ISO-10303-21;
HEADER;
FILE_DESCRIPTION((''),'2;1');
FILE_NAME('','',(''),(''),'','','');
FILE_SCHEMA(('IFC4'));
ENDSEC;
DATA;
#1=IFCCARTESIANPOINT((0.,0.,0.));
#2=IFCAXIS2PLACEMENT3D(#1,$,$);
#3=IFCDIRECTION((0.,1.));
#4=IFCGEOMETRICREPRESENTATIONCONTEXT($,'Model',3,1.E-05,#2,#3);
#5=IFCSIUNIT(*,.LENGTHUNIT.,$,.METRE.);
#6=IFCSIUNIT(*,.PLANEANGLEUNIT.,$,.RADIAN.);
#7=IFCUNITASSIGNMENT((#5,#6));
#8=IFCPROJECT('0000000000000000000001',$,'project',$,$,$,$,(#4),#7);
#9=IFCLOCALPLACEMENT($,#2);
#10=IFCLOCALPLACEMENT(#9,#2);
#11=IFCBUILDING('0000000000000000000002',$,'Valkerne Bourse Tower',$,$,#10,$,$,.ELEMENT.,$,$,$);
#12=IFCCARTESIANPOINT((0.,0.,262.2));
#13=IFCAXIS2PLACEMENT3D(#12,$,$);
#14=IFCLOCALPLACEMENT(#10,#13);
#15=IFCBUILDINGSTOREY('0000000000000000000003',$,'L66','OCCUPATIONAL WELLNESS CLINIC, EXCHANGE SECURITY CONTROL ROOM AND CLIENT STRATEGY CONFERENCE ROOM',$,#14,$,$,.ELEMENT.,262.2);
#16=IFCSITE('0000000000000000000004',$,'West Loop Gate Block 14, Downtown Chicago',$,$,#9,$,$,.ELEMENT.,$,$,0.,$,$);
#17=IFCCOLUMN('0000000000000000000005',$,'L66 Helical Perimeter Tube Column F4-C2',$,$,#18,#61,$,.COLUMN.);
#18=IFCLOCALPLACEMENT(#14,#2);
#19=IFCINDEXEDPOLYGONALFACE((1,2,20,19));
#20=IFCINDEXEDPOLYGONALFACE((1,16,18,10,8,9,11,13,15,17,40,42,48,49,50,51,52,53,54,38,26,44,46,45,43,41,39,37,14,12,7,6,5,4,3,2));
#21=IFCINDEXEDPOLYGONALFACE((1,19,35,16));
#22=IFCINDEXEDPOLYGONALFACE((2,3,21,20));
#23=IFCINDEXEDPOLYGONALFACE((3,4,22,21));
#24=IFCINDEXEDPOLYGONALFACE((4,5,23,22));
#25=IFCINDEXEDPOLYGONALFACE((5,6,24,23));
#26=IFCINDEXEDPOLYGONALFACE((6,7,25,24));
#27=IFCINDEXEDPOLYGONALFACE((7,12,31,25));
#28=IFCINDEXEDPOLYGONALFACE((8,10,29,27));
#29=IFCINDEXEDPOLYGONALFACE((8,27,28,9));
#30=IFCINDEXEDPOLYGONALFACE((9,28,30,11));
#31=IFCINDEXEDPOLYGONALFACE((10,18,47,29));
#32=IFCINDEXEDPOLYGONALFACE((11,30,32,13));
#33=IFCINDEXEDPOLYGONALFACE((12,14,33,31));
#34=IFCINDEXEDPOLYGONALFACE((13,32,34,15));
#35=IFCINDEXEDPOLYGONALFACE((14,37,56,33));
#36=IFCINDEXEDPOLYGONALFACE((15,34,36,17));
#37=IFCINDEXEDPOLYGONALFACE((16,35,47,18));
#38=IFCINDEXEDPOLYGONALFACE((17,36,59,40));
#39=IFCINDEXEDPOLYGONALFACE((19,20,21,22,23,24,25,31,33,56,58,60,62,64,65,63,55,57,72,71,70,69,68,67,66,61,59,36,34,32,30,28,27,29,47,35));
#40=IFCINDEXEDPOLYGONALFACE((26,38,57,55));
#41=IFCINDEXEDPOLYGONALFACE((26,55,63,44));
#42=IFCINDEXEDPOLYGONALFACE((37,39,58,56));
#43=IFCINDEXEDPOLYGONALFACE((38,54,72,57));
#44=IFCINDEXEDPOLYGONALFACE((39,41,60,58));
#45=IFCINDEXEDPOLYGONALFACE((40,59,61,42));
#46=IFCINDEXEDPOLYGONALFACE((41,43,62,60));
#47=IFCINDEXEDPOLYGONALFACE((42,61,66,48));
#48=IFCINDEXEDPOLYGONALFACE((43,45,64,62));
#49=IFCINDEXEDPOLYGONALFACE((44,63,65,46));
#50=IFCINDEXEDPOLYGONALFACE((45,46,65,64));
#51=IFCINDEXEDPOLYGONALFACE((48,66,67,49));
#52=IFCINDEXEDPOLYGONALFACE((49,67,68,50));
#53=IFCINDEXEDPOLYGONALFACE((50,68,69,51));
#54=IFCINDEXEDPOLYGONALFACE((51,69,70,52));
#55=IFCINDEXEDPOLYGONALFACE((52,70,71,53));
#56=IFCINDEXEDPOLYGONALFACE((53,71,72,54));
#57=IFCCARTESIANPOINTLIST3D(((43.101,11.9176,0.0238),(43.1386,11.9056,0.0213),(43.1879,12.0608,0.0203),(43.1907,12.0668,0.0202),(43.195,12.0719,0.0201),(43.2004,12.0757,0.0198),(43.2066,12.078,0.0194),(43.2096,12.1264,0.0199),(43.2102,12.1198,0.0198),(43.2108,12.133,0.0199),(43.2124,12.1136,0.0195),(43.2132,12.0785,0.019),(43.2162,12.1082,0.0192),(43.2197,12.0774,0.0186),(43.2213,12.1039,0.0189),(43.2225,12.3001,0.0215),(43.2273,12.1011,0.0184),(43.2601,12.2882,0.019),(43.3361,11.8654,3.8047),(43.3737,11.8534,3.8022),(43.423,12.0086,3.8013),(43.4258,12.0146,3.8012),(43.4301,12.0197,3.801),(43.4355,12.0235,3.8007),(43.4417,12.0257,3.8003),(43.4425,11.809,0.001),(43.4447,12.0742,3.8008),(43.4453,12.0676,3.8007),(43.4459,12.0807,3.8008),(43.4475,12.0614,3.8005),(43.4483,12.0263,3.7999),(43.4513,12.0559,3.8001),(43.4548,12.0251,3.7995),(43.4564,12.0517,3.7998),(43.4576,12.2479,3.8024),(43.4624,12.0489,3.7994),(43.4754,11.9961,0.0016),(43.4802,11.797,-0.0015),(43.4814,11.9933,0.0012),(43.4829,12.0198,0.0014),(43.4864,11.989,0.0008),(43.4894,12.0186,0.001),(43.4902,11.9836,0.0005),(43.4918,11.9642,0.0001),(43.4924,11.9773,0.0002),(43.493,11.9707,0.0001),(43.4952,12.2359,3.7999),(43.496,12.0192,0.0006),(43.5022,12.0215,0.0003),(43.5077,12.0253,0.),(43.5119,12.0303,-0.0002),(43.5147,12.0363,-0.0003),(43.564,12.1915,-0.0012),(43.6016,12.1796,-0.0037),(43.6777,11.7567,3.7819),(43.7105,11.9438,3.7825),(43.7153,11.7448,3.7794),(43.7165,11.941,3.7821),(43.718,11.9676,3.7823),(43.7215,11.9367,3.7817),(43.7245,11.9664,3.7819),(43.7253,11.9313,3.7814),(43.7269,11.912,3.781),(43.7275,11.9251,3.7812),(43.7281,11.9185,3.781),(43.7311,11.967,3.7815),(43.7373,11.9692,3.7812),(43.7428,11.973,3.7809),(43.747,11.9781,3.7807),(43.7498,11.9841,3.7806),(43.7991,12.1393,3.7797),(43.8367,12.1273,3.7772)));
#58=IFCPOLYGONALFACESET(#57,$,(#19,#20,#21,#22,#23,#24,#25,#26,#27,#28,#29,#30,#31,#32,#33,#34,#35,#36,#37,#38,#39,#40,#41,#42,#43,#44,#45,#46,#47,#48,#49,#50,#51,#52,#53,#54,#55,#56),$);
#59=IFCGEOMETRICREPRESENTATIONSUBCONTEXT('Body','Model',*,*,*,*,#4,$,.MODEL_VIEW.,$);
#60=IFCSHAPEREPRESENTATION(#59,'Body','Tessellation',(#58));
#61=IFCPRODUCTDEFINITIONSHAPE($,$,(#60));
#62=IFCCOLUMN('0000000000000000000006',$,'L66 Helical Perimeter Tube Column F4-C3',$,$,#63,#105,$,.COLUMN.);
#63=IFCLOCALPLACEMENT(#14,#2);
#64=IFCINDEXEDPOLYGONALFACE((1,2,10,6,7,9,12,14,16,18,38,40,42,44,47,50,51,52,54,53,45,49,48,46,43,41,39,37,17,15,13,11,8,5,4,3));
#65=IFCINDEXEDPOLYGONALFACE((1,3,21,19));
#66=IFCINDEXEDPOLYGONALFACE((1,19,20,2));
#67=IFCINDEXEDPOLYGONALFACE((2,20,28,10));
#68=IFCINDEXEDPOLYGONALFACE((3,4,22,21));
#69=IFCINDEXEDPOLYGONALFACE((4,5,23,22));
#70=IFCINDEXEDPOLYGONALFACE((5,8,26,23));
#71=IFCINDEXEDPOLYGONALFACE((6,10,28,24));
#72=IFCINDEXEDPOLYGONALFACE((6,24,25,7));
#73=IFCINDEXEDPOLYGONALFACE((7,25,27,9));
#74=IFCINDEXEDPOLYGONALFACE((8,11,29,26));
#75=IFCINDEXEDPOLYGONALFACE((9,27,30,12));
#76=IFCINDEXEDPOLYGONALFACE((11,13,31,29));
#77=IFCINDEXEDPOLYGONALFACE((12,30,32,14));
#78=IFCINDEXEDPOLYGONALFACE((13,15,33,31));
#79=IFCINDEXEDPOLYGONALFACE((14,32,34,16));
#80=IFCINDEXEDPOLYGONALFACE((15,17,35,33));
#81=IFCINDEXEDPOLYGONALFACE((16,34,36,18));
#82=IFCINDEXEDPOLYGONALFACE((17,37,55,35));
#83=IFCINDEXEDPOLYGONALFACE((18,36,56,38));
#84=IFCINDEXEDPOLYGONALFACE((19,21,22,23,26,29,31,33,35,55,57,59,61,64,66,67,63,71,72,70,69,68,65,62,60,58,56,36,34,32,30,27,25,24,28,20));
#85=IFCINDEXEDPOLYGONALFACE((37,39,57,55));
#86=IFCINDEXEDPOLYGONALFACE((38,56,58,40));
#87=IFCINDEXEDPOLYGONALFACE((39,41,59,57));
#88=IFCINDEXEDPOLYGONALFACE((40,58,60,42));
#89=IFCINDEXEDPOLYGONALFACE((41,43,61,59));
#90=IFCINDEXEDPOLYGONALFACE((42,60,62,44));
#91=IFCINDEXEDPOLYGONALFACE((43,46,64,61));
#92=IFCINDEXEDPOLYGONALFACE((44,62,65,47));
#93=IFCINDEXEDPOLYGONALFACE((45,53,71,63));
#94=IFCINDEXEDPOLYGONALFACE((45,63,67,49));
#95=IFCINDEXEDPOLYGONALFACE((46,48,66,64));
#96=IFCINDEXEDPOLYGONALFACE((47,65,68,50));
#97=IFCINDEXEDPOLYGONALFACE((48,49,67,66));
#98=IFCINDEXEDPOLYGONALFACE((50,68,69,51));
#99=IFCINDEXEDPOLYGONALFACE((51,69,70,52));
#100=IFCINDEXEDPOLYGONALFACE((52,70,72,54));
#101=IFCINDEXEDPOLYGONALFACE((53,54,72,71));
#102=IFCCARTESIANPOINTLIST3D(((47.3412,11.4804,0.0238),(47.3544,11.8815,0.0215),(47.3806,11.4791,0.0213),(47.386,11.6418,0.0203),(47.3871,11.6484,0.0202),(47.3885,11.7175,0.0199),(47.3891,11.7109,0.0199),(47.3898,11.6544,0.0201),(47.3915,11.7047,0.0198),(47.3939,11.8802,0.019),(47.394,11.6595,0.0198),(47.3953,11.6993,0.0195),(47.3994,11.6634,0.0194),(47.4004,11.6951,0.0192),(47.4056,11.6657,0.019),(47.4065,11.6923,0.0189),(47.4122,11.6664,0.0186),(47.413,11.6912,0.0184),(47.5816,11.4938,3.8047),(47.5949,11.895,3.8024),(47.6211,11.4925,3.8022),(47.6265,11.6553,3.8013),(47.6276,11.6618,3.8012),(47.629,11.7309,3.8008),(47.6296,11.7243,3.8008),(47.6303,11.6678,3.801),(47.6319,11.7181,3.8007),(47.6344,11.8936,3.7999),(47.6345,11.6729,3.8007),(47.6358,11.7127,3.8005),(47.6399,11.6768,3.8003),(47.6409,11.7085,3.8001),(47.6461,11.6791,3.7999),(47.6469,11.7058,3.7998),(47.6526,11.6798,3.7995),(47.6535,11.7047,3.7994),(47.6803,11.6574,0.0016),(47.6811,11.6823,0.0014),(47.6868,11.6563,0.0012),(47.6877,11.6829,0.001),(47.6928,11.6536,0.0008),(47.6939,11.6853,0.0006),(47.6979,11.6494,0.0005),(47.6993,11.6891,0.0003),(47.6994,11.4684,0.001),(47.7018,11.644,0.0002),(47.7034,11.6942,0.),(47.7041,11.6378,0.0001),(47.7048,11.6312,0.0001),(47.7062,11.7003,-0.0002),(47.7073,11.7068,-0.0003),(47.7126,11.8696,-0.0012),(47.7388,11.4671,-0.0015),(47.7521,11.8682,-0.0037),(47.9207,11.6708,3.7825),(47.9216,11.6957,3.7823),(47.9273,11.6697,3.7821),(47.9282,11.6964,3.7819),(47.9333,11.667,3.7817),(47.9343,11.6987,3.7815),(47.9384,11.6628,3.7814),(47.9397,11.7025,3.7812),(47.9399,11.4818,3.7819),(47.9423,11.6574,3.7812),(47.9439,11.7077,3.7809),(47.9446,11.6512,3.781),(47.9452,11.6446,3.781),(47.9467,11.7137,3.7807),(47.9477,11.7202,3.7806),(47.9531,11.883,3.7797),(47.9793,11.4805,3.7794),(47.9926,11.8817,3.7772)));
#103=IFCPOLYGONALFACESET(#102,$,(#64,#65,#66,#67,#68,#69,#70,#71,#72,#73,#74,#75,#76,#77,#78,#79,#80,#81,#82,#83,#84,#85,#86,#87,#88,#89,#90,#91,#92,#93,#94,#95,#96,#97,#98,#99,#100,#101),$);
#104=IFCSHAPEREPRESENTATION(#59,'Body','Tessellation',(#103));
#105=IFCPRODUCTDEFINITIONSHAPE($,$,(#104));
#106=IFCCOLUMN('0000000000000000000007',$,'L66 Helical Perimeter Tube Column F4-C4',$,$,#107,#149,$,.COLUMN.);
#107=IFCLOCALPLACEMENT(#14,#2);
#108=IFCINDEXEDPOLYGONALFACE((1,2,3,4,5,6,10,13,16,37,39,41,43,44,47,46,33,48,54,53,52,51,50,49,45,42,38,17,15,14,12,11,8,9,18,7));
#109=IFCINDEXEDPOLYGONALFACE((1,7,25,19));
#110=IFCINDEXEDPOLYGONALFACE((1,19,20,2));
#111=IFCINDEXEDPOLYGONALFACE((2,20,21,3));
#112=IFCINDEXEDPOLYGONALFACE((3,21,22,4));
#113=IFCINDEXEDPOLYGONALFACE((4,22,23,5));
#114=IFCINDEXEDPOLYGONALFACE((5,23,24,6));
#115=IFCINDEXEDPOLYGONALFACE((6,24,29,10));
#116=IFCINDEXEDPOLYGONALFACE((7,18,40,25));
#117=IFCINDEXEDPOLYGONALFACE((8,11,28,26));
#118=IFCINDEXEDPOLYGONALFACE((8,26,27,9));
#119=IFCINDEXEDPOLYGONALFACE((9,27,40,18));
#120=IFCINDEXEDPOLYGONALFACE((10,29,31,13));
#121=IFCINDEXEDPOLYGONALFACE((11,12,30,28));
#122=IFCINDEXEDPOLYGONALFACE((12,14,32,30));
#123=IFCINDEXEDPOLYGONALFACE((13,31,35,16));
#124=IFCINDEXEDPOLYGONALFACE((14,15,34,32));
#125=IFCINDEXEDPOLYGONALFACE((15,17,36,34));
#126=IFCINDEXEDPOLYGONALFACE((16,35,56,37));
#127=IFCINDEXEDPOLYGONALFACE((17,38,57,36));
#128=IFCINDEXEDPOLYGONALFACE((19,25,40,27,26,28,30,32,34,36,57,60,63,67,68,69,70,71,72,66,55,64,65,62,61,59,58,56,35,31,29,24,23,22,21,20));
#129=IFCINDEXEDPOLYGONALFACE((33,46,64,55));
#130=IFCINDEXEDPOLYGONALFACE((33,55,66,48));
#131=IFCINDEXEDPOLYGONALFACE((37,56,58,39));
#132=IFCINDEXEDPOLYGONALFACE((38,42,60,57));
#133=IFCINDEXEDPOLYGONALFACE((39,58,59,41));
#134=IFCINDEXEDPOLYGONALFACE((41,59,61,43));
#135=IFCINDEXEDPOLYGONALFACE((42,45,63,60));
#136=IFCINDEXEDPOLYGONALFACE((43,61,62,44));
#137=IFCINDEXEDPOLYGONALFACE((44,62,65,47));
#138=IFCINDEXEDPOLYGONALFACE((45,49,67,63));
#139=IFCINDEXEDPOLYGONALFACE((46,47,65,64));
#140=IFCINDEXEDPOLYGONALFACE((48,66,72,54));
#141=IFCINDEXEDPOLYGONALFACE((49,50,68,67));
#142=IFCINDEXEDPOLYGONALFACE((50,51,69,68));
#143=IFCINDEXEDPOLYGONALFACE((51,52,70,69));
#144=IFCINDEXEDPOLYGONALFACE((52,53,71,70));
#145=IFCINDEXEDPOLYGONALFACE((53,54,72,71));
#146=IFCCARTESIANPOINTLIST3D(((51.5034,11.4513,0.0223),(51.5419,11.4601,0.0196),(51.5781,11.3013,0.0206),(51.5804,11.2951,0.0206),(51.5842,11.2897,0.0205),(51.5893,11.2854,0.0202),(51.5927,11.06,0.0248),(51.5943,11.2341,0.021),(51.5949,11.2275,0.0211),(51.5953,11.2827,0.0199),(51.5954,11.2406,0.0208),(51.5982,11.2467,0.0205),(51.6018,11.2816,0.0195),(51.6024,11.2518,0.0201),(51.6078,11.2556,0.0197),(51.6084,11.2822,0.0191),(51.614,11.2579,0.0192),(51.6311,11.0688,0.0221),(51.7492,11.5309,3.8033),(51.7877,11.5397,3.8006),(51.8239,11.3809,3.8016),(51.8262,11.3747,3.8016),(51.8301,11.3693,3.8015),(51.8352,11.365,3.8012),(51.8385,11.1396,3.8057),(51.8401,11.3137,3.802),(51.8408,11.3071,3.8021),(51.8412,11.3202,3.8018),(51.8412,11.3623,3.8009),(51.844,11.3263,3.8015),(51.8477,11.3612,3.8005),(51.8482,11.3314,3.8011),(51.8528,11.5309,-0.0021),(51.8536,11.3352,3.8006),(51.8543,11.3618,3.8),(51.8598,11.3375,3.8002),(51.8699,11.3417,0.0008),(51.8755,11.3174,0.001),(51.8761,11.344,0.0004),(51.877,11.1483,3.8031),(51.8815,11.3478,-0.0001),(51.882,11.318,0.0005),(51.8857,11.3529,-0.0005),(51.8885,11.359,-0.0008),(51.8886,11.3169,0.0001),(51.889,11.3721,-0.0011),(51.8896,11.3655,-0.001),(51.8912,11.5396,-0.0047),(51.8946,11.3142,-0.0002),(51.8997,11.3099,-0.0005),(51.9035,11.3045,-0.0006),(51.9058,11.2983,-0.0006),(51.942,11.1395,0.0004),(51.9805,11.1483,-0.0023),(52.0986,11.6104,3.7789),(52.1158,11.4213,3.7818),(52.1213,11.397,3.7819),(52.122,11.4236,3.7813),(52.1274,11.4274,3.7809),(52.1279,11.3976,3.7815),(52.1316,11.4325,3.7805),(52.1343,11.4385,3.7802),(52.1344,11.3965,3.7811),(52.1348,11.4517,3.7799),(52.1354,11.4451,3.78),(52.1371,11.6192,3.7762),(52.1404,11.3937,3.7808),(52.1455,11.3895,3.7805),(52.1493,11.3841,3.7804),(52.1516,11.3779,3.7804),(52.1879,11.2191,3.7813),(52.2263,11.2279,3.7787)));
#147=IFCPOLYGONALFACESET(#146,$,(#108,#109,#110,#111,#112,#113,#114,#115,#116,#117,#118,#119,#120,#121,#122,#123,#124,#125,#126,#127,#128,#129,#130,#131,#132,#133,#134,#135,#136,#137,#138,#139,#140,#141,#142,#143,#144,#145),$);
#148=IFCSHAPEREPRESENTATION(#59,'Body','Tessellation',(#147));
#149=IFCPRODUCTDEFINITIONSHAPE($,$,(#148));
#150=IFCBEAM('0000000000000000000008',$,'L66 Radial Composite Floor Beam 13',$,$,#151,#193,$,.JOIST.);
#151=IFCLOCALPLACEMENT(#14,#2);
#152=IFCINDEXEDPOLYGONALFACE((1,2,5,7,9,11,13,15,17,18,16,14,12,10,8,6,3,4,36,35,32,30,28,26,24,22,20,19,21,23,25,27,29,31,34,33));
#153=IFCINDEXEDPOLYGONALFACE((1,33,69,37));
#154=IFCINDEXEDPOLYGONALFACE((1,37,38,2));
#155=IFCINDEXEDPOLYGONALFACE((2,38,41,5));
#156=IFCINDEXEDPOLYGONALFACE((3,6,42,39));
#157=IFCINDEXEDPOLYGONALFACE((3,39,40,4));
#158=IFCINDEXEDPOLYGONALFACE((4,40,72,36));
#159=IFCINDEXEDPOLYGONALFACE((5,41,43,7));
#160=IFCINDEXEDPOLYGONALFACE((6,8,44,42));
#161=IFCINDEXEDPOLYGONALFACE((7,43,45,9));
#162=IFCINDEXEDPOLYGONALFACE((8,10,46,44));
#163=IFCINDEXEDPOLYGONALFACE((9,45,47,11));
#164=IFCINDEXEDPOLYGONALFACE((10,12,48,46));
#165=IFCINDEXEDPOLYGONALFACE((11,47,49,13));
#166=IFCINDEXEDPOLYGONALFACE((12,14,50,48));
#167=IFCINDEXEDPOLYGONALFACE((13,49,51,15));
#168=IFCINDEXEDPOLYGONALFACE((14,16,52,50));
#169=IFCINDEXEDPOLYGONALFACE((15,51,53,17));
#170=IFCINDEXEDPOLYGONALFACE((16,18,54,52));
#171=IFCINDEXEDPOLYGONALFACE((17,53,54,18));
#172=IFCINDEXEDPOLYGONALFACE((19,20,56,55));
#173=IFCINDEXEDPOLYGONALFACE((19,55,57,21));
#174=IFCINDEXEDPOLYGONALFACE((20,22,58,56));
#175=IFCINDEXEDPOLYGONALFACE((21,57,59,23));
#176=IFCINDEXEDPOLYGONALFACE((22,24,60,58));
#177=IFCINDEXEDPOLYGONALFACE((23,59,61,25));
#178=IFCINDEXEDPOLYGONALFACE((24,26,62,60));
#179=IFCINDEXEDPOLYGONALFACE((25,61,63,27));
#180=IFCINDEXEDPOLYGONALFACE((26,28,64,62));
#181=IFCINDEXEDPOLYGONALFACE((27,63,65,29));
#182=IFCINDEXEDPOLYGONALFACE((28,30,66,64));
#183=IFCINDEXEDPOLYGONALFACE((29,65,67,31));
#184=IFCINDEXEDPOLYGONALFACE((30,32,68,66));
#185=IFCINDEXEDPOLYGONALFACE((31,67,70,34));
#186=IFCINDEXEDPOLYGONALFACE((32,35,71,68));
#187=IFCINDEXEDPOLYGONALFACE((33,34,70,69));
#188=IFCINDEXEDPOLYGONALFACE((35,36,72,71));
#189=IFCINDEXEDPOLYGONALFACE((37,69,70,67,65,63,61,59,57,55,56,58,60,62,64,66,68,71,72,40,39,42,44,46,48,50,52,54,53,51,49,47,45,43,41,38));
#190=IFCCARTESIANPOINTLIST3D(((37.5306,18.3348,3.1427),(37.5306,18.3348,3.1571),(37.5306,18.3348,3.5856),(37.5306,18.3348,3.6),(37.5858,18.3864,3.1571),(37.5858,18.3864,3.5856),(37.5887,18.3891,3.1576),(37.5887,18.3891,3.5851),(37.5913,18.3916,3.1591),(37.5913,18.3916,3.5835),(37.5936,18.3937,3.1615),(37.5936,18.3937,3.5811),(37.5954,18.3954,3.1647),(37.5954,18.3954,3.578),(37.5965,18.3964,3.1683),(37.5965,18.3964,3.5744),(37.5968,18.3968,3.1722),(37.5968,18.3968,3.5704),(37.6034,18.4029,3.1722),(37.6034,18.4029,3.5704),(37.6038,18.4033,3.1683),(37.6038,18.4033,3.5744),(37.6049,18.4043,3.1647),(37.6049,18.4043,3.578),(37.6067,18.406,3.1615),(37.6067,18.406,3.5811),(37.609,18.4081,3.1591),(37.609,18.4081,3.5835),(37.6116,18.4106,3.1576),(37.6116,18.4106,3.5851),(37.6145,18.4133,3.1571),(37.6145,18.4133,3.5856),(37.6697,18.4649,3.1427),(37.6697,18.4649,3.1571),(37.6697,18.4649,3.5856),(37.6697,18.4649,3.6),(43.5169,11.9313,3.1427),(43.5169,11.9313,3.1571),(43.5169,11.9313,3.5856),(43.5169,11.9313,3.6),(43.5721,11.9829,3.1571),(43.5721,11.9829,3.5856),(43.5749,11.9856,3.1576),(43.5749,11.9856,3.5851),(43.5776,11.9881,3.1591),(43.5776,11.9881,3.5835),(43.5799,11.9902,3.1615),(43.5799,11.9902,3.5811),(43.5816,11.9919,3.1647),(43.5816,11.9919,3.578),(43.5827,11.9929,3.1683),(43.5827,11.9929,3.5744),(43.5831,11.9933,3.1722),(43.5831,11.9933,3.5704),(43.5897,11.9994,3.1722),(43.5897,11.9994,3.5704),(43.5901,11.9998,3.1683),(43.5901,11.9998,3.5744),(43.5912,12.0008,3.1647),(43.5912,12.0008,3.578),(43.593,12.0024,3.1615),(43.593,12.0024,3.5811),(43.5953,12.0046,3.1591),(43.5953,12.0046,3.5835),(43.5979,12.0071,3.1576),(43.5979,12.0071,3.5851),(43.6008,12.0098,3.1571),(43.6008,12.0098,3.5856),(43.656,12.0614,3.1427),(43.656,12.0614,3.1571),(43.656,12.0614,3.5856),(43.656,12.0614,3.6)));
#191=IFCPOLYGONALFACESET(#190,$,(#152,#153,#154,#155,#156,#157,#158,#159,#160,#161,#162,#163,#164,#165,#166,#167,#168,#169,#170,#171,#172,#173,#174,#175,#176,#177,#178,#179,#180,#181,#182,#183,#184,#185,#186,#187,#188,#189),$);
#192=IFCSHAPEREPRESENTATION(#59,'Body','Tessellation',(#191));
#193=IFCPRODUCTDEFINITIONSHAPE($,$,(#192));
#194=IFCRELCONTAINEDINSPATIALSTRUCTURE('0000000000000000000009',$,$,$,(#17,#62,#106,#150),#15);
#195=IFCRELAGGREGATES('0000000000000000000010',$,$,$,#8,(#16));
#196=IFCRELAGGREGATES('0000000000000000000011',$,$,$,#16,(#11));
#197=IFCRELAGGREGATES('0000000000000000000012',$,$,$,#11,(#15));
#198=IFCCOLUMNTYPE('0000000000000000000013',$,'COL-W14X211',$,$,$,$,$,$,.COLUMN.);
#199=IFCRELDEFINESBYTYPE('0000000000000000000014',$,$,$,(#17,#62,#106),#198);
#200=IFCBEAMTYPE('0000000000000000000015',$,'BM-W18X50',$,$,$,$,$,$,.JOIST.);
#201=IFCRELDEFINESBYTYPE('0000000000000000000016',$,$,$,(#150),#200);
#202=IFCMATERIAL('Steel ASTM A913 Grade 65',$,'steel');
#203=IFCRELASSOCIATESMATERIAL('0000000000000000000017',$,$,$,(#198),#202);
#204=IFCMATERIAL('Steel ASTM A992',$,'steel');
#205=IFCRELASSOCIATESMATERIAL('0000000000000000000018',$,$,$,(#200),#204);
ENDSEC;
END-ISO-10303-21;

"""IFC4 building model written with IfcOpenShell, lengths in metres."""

from ifc_helpers import new_model, si_unit, direction, frame, origin, origin_2d, place, context, subcontext, project, spatial, i_section, extrude, material, material_profile, profile_set, type_object, element, save


model = new_model("IFC4")

# Units and contexts
model_context = context("Model", 3, precision=1e-05, world=origin(), true_north=direction((0.0, 1.0)))
body_context = subcontext(model_context, "Body", "Model", "MODEL_VIEW")
ifc_project = project(units=[si_unit("LENGTHUNIT", "METRE"), si_unit("PLANEANGLEUNIT", "RADIAN")], contexts=[model_context])

# Site, building, storey
site_placement = place(None, origin())
site = spatial("IfcSite", under=ifc_project, at=site_placement, Name="West Loop Gate Block 14, Downtown Chicago", CompositionType="ELEMENT", RefElevation=0.0)
building_placement = place(site_placement, origin())
building = spatial("IfcBuilding", under=site, at=building_placement, Name="Valkerne Bourse Tower", CompositionType="ELEMENT")
storey_placement = place(building_placement, frame((0.0, 0.0, 262.2)))
storey = spatial("IfcBuildingStorey", under=building, at=storey_placement, Name="L66", Description="OCCUPATIONAL WELLNESS CLINIC, EXCHANGE SECURITY CONTROL ROOM AND CLIENT STRATEGY CONFERENCE ROOM", CompositionType="ELEMENT", Elevation=262.2)

# Columns
ifc_material_1 = material(Name="Steel ASTM A913 Grade 65", Category="steel")
ifc_material_profile_1 = material_profile(ifc_material_1, i_section(OverallWidth=0.4014, OverallDepth=0.3987, WebThickness=0.0249, FlangeThickness=0.0396, FilletRadius=0.0254, at=origin_2d()), Name="W14X211")
ifc_profile_set_1 = profile_set([ifc_material_profile_1], Name="Steel ASTM A913 Grade 65")
column_type = type_object("IfcColumnType", Name="COL-W14X211", PredefinedType="COLUMN", material=ifc_profile_set_1)
for number, where, z_axis, x_axis, name in (
    (1, (43.3513, 12.0486, 0.01), (0.062055, -0.01379, 0.997977), (0.302674, 0.953078, -0.005651), "L66 Helical Perimeter Tube Column F4-C2"),
    (2, (47.5466, 11.6743, 0.01), (0.063473, 0.003544, 0.997977), (0.033047, 0.999438, -0.005651), "L66 Helical Perimeter Tube Column F4-C3"),
):
    element("IfcColumn", number, at=place(storey_placement, frame(where, z_axis=z_axis, x_axis=x_axis)), inside=storey, type_object=column_type, Name=name, PredefinedType="COLUMN", context=body_context, shape_type="SweptSolid", body=[
        extrude(i_section(OverallWidth=0.4014, OverallDepth=0.3987, WebThickness=0.0249, FlangeThickness=0.0396, FilletRadius=0.0254, at=origin_2d()), origin(), (0.0, 0.0, 1.0), 3.7886),
    ])
column_placement = place(storey_placement, frame((51.7419, 11.2998, 0.01), z_axis=(0.064871, 0.021001, 0.997673), x_axis=(-0.222401, 0.974936, -0.006061)))
element("IfcColumn", 3, at=column_placement, inside=storey, type_object=column_type, Name="L66 Helical Perimeter Tube Column F4-C4", PredefinedType="COLUMN", context=body_context, shape_type="SweptSolid", body=[
    extrude(i_section(OverallWidth=0.4014, OverallDepth=0.3987, WebThickness=0.0249, FlangeThickness=0.0396, FilletRadius=0.0254, at=origin_2d()), origin(), (0.0, 0.0, 1.0), 3.7898),
])

# Beam
ifc_material_2 = material(Name="Steel ASTM A992", Category="steel")
ifc_material_profile_2 = material_profile(ifc_material_2, i_section(OverallWidth=0.1904, OverallDepth=0.4573, WebThickness=0.009, FlangeThickness=0.0144, FilletRadius=0.0151, at=origin_2d()), Name="W18X50")
ifc_profile_set_2 = profile_set([ifc_material_profile_2], Name="Steel ASTM A992")
beam_type_1 = type_object("IfcBeamType", Name="BM-W18X50", PredefinedType="JOIST", material=ifc_profile_set_2)
beam_1_placement = place(storey_placement, frame((43.5864, 11.9963, 3.3713), z_axis=(-0.682907, 0.730505, 0.0), x_axis=(-0.730505, -0.682907, 0.0)))
element("IfcBeam", 4, at=beam_1_placement, inside=storey, type_object=beam_type_1, Name="L66 Radial Composite Floor Beam 13", PredefinedType="JOIST", context=body_context, shape_type="SweptSolid", body=[
    extrude(i_section(OverallWidth=0.1904, OverallDepth=0.4573, WebThickness=0.009, FlangeThickness=0.0144, FilletRadius=0.0151, at=origin_2d()), origin(), (0.0, 0.0, 1.0), 8.7659),
])

save(model, "model.ifc")
